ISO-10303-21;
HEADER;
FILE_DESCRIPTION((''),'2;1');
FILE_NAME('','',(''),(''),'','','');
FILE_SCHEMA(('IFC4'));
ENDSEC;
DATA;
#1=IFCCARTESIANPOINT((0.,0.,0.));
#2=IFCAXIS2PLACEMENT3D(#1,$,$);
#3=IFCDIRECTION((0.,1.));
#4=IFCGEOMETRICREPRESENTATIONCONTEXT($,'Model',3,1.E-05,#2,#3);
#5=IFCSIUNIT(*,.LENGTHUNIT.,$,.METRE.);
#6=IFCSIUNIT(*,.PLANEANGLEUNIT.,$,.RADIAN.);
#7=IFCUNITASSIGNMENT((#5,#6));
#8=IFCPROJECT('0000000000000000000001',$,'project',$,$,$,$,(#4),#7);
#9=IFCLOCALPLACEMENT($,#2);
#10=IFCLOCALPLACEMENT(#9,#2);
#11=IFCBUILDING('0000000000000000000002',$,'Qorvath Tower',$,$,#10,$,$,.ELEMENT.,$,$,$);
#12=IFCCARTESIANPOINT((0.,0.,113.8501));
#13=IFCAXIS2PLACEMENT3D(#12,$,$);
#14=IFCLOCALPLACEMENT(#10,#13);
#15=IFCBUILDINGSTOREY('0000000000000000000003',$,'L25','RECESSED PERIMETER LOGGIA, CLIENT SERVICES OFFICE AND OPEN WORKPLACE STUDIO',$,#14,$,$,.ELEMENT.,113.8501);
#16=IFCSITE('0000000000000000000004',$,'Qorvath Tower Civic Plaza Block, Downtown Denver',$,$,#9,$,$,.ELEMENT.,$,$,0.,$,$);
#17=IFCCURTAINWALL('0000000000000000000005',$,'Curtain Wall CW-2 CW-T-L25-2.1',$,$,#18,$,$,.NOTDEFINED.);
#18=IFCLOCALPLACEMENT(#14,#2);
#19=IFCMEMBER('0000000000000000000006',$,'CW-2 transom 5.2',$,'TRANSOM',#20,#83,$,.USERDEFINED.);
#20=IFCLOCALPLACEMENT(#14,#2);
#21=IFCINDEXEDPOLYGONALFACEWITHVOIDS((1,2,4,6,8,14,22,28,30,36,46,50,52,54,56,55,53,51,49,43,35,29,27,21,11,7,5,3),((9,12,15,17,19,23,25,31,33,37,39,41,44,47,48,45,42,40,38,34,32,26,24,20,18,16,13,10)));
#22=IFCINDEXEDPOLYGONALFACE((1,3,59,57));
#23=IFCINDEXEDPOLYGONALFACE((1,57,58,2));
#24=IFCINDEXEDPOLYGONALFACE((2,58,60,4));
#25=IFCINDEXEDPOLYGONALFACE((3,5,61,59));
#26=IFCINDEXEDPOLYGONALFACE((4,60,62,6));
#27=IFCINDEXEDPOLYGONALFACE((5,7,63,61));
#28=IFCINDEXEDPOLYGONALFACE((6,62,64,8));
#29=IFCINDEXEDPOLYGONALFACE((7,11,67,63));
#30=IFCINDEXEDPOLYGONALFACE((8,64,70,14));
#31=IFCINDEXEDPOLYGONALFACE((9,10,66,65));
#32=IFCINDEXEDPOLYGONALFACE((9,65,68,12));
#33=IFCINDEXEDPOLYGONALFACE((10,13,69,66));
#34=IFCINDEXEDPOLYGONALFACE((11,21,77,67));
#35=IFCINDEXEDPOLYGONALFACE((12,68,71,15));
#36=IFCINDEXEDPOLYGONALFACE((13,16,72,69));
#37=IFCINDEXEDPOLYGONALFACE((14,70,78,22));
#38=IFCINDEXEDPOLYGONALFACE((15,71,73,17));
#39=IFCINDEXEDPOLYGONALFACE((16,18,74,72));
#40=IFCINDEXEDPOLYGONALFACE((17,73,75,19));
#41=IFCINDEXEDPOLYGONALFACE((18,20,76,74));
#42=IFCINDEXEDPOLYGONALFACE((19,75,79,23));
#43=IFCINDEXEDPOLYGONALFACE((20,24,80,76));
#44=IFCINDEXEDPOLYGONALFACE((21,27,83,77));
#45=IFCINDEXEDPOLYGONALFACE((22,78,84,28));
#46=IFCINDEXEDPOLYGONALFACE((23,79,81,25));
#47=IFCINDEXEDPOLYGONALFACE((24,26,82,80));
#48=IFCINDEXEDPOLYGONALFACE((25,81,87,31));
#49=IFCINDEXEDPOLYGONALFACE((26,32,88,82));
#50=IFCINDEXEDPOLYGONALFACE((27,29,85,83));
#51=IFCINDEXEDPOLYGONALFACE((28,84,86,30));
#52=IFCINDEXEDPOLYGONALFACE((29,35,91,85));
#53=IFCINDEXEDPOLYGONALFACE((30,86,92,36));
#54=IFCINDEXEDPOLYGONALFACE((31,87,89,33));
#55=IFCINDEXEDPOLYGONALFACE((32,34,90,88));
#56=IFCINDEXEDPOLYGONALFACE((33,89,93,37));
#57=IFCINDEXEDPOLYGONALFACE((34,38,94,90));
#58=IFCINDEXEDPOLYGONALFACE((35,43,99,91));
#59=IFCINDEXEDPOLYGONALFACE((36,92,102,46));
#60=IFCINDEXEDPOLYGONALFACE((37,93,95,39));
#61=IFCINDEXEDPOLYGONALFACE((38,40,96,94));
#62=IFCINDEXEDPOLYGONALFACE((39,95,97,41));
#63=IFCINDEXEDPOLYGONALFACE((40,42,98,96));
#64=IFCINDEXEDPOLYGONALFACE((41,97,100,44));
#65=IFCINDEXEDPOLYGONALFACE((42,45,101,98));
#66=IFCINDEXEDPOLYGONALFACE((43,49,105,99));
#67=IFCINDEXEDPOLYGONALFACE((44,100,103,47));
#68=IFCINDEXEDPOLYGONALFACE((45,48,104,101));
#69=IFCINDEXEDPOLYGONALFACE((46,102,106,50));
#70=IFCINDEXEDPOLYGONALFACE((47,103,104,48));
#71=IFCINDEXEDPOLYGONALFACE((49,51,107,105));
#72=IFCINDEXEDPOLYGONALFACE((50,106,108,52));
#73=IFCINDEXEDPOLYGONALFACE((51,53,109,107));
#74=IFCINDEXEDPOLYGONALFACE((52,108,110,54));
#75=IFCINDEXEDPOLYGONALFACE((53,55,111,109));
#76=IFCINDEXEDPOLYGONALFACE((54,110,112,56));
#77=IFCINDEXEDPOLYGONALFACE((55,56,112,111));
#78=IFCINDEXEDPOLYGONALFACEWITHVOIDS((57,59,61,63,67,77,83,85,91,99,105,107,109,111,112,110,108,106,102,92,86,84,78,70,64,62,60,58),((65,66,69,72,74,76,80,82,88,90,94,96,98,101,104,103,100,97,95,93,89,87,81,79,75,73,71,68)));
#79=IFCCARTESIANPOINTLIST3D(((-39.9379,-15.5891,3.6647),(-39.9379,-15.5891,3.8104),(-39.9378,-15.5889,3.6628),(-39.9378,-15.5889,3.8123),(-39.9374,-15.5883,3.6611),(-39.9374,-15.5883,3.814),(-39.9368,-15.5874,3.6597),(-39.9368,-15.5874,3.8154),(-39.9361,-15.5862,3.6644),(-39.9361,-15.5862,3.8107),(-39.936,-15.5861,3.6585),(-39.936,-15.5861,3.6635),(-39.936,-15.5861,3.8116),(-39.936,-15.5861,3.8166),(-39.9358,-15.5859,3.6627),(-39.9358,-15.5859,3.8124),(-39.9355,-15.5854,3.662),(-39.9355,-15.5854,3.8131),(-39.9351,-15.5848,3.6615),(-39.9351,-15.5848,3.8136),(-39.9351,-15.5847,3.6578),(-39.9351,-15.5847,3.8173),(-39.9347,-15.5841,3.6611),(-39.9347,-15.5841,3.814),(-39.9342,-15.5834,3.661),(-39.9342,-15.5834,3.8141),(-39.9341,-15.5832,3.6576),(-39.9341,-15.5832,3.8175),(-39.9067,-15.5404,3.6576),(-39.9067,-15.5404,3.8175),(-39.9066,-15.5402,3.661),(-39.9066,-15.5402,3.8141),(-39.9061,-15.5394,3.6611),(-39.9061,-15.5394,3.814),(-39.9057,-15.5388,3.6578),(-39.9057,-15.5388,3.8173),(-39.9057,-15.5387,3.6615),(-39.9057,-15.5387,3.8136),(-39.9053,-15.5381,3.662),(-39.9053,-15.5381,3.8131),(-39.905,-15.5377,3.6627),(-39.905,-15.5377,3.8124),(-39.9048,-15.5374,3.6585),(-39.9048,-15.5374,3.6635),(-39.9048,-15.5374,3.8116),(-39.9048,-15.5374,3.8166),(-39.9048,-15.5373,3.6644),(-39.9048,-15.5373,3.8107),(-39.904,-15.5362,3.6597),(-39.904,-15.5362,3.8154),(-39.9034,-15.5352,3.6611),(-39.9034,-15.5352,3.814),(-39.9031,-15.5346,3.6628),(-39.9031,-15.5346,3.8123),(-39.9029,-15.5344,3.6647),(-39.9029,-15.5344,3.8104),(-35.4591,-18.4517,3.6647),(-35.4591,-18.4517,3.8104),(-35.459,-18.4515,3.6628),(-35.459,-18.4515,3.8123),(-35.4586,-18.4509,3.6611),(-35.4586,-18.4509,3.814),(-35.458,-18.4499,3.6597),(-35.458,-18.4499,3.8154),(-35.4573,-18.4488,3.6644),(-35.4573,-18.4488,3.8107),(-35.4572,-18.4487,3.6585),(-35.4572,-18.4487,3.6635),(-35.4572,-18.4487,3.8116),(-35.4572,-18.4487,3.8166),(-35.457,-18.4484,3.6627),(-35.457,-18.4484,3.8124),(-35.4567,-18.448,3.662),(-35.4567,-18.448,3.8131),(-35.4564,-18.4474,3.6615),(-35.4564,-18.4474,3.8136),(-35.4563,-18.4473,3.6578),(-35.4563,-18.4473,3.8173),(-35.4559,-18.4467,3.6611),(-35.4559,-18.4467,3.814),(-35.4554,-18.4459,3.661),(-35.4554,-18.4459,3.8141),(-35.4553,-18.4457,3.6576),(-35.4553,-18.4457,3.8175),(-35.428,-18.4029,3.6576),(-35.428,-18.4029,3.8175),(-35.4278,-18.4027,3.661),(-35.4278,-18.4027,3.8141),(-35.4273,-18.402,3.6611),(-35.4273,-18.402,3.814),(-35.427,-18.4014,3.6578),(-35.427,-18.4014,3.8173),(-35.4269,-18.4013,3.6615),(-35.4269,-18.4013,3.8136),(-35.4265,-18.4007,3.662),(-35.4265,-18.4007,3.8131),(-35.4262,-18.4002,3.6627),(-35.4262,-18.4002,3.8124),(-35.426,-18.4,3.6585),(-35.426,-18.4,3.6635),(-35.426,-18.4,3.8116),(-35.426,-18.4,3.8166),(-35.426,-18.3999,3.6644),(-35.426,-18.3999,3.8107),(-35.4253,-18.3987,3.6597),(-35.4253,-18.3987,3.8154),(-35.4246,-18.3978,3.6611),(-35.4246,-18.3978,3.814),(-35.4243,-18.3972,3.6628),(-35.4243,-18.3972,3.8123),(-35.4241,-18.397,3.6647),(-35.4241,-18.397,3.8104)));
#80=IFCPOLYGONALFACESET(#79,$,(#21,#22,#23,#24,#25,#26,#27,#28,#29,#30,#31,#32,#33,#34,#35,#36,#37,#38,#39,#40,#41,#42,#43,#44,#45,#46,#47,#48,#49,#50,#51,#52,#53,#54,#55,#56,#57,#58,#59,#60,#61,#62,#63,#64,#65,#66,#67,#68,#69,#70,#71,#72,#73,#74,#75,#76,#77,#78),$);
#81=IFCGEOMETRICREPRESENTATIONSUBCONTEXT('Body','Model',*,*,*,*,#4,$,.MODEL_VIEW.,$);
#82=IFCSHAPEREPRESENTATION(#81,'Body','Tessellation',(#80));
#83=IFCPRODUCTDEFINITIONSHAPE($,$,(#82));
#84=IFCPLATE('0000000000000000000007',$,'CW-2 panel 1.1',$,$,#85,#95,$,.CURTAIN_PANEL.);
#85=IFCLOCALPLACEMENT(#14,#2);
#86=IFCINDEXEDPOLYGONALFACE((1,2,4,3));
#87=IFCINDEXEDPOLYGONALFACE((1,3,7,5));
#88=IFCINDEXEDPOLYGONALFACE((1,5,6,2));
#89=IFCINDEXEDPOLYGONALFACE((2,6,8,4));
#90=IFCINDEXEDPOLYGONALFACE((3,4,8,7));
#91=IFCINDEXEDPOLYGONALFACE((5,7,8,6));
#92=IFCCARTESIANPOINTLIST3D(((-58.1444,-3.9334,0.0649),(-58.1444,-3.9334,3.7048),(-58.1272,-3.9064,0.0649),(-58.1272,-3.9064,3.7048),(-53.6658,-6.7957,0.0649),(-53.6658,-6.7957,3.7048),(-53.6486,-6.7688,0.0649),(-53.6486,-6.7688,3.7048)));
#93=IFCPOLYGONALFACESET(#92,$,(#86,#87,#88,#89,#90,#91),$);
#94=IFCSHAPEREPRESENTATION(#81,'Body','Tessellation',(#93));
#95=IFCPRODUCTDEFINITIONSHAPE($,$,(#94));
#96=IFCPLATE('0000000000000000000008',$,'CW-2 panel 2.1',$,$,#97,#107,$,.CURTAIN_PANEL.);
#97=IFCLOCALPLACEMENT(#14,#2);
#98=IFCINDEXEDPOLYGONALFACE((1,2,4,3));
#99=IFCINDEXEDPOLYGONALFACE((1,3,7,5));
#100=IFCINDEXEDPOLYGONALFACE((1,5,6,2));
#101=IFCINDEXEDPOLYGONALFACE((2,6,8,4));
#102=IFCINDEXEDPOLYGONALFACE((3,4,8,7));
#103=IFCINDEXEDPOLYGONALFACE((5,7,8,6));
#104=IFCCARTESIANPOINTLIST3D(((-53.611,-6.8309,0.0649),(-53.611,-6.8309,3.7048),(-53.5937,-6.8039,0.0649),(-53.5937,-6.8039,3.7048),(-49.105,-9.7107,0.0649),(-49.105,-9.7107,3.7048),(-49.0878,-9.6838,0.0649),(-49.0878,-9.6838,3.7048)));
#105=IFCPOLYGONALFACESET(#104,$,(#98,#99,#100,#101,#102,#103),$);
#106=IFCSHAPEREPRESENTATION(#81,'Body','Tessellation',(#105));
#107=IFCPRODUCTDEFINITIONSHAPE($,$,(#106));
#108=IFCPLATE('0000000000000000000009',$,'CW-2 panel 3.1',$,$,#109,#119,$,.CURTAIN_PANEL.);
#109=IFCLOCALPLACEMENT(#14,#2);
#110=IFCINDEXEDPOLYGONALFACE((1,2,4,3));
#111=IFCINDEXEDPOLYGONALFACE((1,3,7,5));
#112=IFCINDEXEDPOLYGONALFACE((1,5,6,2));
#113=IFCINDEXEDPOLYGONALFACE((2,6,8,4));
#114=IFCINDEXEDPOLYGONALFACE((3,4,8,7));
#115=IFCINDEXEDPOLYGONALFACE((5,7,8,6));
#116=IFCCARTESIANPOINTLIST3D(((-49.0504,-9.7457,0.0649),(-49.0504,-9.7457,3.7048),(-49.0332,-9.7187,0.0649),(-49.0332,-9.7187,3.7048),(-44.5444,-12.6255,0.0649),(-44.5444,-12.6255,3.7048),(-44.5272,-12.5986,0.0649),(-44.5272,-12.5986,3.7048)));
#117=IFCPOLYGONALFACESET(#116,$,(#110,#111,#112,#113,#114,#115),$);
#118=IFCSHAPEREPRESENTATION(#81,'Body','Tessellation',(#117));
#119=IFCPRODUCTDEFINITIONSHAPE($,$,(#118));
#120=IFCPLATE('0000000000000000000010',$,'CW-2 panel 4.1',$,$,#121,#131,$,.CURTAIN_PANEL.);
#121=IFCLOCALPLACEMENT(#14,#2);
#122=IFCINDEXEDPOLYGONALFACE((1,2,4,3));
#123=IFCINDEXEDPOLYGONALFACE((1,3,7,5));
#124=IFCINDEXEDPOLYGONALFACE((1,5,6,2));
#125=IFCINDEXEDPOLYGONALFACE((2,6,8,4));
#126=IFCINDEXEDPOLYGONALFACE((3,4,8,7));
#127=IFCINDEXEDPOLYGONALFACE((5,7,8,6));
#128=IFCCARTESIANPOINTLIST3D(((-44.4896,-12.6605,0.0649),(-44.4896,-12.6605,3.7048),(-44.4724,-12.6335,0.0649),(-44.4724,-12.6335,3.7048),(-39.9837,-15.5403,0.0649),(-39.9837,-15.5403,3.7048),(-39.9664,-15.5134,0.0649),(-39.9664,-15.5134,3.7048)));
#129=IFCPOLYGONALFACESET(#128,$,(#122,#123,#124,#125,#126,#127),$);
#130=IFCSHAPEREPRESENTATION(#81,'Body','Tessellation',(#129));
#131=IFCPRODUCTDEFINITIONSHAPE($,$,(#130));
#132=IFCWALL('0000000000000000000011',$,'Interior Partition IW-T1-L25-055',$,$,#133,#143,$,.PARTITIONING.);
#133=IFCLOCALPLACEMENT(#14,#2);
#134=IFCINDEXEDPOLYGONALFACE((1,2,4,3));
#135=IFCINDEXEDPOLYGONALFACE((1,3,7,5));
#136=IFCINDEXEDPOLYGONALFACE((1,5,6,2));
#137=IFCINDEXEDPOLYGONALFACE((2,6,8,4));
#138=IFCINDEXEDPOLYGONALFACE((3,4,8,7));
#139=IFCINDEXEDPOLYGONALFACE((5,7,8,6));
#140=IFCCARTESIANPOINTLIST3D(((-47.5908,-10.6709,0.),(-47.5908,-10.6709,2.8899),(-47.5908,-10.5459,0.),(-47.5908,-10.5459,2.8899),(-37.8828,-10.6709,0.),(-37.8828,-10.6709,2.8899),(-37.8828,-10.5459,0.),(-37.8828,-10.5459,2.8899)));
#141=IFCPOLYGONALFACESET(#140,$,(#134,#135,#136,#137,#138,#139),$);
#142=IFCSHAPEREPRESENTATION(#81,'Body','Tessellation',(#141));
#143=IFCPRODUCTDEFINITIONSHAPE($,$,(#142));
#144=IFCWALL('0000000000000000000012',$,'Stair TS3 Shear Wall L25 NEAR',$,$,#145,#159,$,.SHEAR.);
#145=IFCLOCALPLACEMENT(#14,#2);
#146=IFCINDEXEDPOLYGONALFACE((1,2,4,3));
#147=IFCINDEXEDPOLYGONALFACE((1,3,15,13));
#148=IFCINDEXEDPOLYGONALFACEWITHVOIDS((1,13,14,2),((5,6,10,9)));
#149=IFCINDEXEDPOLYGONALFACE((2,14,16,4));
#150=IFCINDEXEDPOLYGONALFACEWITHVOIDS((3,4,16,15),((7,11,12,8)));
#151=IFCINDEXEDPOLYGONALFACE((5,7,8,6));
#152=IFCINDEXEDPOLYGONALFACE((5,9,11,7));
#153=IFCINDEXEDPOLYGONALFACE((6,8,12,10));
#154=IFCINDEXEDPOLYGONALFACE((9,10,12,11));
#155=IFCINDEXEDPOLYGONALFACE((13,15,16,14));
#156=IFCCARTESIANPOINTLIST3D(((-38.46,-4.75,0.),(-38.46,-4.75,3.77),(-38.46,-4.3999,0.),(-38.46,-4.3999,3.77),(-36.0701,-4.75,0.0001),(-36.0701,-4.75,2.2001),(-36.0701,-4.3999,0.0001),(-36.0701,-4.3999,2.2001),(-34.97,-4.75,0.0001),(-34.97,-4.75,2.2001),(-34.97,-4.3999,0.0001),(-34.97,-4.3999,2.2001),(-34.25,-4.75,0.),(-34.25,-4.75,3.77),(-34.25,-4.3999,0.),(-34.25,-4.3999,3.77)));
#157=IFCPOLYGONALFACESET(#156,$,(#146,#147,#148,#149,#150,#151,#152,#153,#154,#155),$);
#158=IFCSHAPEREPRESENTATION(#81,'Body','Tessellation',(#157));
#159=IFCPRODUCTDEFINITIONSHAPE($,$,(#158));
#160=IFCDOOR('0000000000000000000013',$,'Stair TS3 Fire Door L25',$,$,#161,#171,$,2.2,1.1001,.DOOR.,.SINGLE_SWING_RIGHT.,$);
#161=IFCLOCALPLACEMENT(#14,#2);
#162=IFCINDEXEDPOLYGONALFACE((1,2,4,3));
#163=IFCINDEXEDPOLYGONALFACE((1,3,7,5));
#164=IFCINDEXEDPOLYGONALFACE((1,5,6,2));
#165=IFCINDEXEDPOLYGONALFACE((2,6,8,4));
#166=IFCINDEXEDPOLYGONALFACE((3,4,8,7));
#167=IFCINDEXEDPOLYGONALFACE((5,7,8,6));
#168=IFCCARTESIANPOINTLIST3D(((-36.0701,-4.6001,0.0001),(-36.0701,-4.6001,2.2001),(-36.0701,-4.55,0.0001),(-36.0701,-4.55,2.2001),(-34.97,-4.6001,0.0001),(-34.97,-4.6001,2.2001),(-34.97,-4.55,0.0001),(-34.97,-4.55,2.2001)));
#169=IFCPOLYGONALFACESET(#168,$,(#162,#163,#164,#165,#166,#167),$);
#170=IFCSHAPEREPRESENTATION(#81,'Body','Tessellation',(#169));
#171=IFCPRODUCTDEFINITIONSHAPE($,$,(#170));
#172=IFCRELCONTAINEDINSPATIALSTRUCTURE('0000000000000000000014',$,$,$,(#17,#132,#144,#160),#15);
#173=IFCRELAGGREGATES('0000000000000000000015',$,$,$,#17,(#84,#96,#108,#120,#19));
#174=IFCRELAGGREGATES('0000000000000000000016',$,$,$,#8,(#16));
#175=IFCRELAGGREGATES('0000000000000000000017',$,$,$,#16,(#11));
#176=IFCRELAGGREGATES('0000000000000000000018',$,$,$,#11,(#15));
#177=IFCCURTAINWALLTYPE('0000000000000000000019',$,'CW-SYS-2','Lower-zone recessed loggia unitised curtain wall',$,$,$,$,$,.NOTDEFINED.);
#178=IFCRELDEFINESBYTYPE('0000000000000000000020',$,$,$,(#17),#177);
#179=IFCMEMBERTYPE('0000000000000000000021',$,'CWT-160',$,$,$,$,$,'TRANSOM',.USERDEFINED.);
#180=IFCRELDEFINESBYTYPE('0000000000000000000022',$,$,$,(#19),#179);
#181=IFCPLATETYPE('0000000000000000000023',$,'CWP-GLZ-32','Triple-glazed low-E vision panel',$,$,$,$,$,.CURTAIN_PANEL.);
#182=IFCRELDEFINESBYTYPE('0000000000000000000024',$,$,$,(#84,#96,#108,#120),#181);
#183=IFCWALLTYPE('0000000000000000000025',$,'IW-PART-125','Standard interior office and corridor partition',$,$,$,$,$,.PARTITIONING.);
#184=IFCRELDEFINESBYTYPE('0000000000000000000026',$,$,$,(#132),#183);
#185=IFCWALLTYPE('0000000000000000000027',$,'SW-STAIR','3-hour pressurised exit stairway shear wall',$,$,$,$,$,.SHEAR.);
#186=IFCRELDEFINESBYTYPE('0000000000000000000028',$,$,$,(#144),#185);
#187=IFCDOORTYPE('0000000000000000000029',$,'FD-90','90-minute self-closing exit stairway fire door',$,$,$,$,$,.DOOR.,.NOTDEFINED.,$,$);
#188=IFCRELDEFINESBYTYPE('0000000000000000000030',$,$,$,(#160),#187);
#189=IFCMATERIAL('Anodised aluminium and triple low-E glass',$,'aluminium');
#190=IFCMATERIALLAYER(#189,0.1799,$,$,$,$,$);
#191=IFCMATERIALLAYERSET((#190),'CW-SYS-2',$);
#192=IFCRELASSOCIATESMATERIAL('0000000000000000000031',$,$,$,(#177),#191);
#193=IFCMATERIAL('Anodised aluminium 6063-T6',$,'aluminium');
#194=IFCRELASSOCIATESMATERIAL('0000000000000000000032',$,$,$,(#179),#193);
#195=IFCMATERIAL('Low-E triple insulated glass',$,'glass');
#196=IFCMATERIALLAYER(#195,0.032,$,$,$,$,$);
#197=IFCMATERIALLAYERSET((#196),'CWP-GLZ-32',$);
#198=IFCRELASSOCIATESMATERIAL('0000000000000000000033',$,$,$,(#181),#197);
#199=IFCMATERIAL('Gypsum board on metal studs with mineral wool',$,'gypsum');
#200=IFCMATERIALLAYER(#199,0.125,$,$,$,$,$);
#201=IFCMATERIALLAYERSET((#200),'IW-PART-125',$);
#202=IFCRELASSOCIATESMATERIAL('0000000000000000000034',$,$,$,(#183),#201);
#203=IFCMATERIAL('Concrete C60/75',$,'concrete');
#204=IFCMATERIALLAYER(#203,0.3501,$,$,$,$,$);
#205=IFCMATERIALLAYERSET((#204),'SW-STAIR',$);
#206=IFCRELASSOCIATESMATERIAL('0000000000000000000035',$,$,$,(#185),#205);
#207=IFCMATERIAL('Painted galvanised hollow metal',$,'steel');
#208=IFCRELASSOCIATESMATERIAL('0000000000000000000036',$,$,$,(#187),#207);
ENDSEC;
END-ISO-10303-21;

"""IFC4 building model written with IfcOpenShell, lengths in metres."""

from ifc_helpers import new_model, si_unit, direction, frame, frame_2d, origin, origin_2d, place, context, subcontext, project, spatial, rectangle, hollow_rectangle, extrude, material, layer, layer_set, material_profile, profile_set, type_object, element, fill, aggregate, save


model = new_model("IFC4")

# Units and contexts
model_context = context("Model", 3, precision=1e-05, world=origin(), true_north=direction((0.0, 1.0)))
body_context = subcontext(model_context, "Body", "Model", "MODEL_VIEW")
ifc_project = project(units=[si_unit("LENGTHUNIT", "METRE"), si_unit("PLANEANGLEUNIT", "RADIAN")], contexts=[model_context])

# Site, building, storey
site_placement = place(None, origin())
site = spatial("IfcSite", under=ifc_project, at=site_placement, Name="Qorvath Tower Civic Plaza Block, Downtown Denver", CompositionType="ELEMENT", RefElevation=0.0)
building_placement = place(site_placement, origin())
building = spatial("IfcBuilding", under=site, at=building_placement, Name="Qorvath Tower", CompositionType="ELEMENT")
storey_placement = place(building_placement, frame((0.0, 0.0, 113.8501)))
storey = spatial("IfcBuildingStorey", under=building, at=storey_placement, Name="L25", Description="RECESSED PERIMETER LOGGIA, CLIENT SERVICES OFFICE AND OPEN WORKPLACE STUDIO", CompositionType="ELEMENT", Elevation=113.8501)

# Curtain wall, member, plates
ifc_material_1 = material(Name="Anodised aluminium and triple low-E glass", Category="aluminium")
ifc_layer_1 = layer(ifc_material_1, 0.1799)
ifc_layer_set_1 = layer_set([ifc_layer_1], Name="CW-SYS-2")
curtain_wall_type = type_object("IfcCurtainWallType", Name="CW-SYS-2", Description="Lower-zone recessed loggia unitised curtain wall", PredefinedType="NOTDEFINED", material=ifc_layer_set_1)
curtain_wall_placement = place(storey_placement, origin())
curtain_wall = element("IfcCurtainWall", 1, at=curtain_wall_placement, inside=storey, type_object=curtain_wall_type, Name="Curtain Wall CW-2 CW-T-L25-2.1", PredefinedType="NOTDEFINED")
ifc_material_2 = material(Name="Anodised aluminium 6063-T6", Category="aluminium")
ifc_material_profile_1 = material_profile(ifc_material_2, hollow_rectangle(XDim=0.0649, YDim=0.1599, WallThickness=0.0034, InnerFilletRadius=0.0034, OuterFilletRadius=0.0071, at=origin_2d()), Name="CWT 160x65")
ifc_profile_set_1 = profile_set([ifc_material_profile_1], Name="Anodised aluminium 6063-T6")
member_type_1 = type_object("IfcMemberType", Name="CWT-160", ElementType="TRANSOM", PredefinedType="USERDEFINED", material=ifc_profile_set_1)
member_1_placement = place(storey_placement, frame((-39.9204, -15.5618, 3.7375), z_axis=(0.842601, -0.538539, 0.0), x_axis=(0.538539, 0.842601, 0.0)))
member_1 = element("IfcMember", 2, at=member_1_placement, type_object=member_type_1, Name="CW-2 transom 5.2", ObjectType="TRANSOM", PredefinedType="USERDEFINED", context=body_context, shape_type="SweptSolid", body=[
    extrude(hollow_rectangle(XDim=0.0649, YDim=0.1599, WallThickness=0.0034, InnerFilletRadius=0.0034, OuterFilletRadius=0.0071, at=origin_2d()), origin(), (0.0, 0.0, 1.0), 5.3154),
])
ifc_material_3 = material(Name="Low-E triple insulated glass", Category="glass")
ifc_layer_2 = layer(ifc_material_3, 0.032)
ifc_layer_set_2 = layer_set([ifc_layer_2], Name="CWP-GLZ-32")
plate_type = type_object("IfcPlateType", Name="CWP-GLZ-32", Description="Triple-glazed low-E vision panel", PredefinedType="CURTAIN_PANEL", material=ifc_layer_set_2)
plate_1_placement = place(storey_placement, frame((-55.8965, -5.3511, 0.0649), z_axis=(0.0, 0.0, 1.0), x_axis=(0.842606, -0.53853, 0.0)))
plate_1 = element("IfcPlate", 3, at=plate_1_placement, type_object=plate_type, Name="CW-2 panel 1.1", PredefinedType="CURTAIN_PANEL", context=body_context, shape_type="SweptSolid", body=[
    extrude(rectangle(XDim=5.3152, YDim=0.032, at=origin_2d()), origin(), (0.0, 0.0, 1.0), 3.6399),
])
plate_2_placement = place(storey_placement, frame((-51.3494, -8.2573, 0.0649), z_axis=(0.0, 0.0, 1.0), x_axis=(0.842606, -0.53853, 0.0)))
plate_2 = element("IfcPlate", 4, at=plate_2_placement, type_object=plate_type, Name="CW-2 panel 2.1", PredefinedType="CURTAIN_PANEL", context=body_context, shape_type="SweptSolid", body=[
    extrude(rectangle(XDim=5.3477, YDim=0.032, at=origin_2d()), origin(), (0.0, 0.0, 1.0), 3.6399),
])
plate_3_placement = place(storey_placement, frame((-46.7888, -11.1721, 0.0649), z_axis=(0.0, 0.0, 1.0), x_axis=(0.842606, -0.53853, 0.0)))
plate_3 = element("IfcPlate", 5, at=plate_3_placement, type_object=plate_type, Name="CW-2 panel 3.1", PredefinedType="CURTAIN_PANEL", context=body_context, shape_type="SweptSolid", body=[
    extrude(rectangle(XDim=5.3477, YDim=0.032, at=origin_2d()), origin(), (0.0, 0.0, 1.0), 3.6399),
])
plate_4_placement = place(storey_placement, frame((-42.228, -14.0869, 0.0649), z_axis=(0.0, 0.0, 1.0), x_axis=(0.842606, -0.53853, 0.0)))
plate_4 = element("IfcPlate", 6, at=plate_4_placement, type_object=plate_type, Name="CW-2 panel 4.1", PredefinedType="CURTAIN_PANEL", context=body_context, shape_type="SweptSolid", body=[
    extrude(rectangle(XDim=5.3477, YDim=0.032, at=origin_2d()), origin(), (0.0, 0.0, 1.0), 3.6399),
])
aggregate(curtain_wall, [plate_1, plate_2, plate_3, plate_4, member_1])

# Wall
ifc_material_4 = material(Name="Gypsum board on metal studs with mineral wool", Category="gypsum")
ifc_layer_3 = layer(ifc_material_4, 0.125)
ifc_layer_set_3 = layer_set([ifc_layer_3], Name="IW-PART-125")
wall_type_1 = type_object("IfcWallType", Name="IW-PART-125", Description="Standard interior office and corridor partition", PredefinedType="PARTITIONING", material=ifc_layer_set_3)
wall_1_placement = place(storey_placement, frame((-37.8828, -10.6084, 0.0), z_axis=(0.0, 0.0, 1.0), x_axis=(-1.0, 0.0, 0.0)))
element("IfcWall", 7, at=wall_1_placement, inside=storey, type_object=wall_type_1, Name="Interior Partition IW-T1-L25-055", PredefinedType="PARTITIONING", context=body_context, shape_type="SweptSolid", body=[
    extrude(rectangle(XDim=9.708, YDim=0.125, at=frame_2d((4.854, 0.0))), origin(), (0.0, 0.0, 1.0), 2.8899),
])

# Wall, opening, door
ifc_material_5 = material(Name="Concrete C60/75", Category="concrete")
ifc_layer_4 = layer(ifc_material_5, 0.3501)
ifc_layer_set_4 = layer_set([ifc_layer_4], Name="SW-STAIR")
wall_type_2 = type_object("IfcWallType", Name="SW-STAIR", Description="3-hour pressurised exit stairway shear wall", PredefinedType="SHEAR", material=ifc_layer_set_4)
wall_2_placement = place(storey_placement, frame((-38.46, -4.575, 0.0), z_axis=(0.0, 0.0, 1.0), x_axis=(1.0, 0.0, 0.0)))
wall_2 = element("IfcWall", 8, at=wall_2_placement, inside=storey, type_object=wall_type_2, Name="Stair TS3 Shear Wall L25 NEAR", PredefinedType="SHEAR", context=body_context, shape_type="SweptSolid", body=[
    extrude(rectangle(XDim=4.21, YDim=0.3501, at=frame_2d((2.105, 0.0))), origin(), (0.0, 0.0, 1.0), 3.77),
])
opening_1_placement = place(wall_2_placement, frame((2.3899, 0.0, 0.0)))
opening_1 = element("IfcOpeningElement", 9, at=opening_1_placement, cuts=wall_2, PredefinedType="OPENING", context=body_context, shape_type="SweptSolid", body=[
    extrude(rectangle(XDim=1.1001, YDim=2.2, at=frame_2d((0.55, 1.1001))), frame((0.0, 0.1851, 0.0), z_axis=(0.0, -1.0, 0.0), x_axis=(1.0, 0.0, 0.0)), (0.0, 0.0, 1.0), 0.3701),
])
ifc_material_6 = material(Name="Painted galvanised hollow metal", Category="steel")
door_type_1 = type_object("IfcDoorType", Name="FD-90", Description="90-minute self-closing exit stairway fire door", OperationType="NOTDEFINED", PredefinedType="DOOR", material=ifc_material_6)
door_1_placement = place(opening_1_placement, origin())
door_1 = element("IfcDoor", 10, at=door_1_placement, inside=storey, type_object=door_type_1, Name="Stair TS3 Fire Door L25", OperationType="SINGLE_SWING_RIGHT", OverallHeight=2.2, OverallWidth=1.1001, PredefinedType="DOOR", context=body_context, shape_type="SweptSolid", body=[
    extrude(rectangle(XDim=1.1001, YDim=2.2, at=frame_2d((0.55, 1.1001))), frame((0.0, 0.0249, 0.0), z_axis=(0.0, -1.0, 0.0), x_axis=(1.0, 0.0, 0.0)), (0.0, 0.0, 1.0), 0.05),
])
fill(opening_1, door_1)

save(model, "model.ifc")
